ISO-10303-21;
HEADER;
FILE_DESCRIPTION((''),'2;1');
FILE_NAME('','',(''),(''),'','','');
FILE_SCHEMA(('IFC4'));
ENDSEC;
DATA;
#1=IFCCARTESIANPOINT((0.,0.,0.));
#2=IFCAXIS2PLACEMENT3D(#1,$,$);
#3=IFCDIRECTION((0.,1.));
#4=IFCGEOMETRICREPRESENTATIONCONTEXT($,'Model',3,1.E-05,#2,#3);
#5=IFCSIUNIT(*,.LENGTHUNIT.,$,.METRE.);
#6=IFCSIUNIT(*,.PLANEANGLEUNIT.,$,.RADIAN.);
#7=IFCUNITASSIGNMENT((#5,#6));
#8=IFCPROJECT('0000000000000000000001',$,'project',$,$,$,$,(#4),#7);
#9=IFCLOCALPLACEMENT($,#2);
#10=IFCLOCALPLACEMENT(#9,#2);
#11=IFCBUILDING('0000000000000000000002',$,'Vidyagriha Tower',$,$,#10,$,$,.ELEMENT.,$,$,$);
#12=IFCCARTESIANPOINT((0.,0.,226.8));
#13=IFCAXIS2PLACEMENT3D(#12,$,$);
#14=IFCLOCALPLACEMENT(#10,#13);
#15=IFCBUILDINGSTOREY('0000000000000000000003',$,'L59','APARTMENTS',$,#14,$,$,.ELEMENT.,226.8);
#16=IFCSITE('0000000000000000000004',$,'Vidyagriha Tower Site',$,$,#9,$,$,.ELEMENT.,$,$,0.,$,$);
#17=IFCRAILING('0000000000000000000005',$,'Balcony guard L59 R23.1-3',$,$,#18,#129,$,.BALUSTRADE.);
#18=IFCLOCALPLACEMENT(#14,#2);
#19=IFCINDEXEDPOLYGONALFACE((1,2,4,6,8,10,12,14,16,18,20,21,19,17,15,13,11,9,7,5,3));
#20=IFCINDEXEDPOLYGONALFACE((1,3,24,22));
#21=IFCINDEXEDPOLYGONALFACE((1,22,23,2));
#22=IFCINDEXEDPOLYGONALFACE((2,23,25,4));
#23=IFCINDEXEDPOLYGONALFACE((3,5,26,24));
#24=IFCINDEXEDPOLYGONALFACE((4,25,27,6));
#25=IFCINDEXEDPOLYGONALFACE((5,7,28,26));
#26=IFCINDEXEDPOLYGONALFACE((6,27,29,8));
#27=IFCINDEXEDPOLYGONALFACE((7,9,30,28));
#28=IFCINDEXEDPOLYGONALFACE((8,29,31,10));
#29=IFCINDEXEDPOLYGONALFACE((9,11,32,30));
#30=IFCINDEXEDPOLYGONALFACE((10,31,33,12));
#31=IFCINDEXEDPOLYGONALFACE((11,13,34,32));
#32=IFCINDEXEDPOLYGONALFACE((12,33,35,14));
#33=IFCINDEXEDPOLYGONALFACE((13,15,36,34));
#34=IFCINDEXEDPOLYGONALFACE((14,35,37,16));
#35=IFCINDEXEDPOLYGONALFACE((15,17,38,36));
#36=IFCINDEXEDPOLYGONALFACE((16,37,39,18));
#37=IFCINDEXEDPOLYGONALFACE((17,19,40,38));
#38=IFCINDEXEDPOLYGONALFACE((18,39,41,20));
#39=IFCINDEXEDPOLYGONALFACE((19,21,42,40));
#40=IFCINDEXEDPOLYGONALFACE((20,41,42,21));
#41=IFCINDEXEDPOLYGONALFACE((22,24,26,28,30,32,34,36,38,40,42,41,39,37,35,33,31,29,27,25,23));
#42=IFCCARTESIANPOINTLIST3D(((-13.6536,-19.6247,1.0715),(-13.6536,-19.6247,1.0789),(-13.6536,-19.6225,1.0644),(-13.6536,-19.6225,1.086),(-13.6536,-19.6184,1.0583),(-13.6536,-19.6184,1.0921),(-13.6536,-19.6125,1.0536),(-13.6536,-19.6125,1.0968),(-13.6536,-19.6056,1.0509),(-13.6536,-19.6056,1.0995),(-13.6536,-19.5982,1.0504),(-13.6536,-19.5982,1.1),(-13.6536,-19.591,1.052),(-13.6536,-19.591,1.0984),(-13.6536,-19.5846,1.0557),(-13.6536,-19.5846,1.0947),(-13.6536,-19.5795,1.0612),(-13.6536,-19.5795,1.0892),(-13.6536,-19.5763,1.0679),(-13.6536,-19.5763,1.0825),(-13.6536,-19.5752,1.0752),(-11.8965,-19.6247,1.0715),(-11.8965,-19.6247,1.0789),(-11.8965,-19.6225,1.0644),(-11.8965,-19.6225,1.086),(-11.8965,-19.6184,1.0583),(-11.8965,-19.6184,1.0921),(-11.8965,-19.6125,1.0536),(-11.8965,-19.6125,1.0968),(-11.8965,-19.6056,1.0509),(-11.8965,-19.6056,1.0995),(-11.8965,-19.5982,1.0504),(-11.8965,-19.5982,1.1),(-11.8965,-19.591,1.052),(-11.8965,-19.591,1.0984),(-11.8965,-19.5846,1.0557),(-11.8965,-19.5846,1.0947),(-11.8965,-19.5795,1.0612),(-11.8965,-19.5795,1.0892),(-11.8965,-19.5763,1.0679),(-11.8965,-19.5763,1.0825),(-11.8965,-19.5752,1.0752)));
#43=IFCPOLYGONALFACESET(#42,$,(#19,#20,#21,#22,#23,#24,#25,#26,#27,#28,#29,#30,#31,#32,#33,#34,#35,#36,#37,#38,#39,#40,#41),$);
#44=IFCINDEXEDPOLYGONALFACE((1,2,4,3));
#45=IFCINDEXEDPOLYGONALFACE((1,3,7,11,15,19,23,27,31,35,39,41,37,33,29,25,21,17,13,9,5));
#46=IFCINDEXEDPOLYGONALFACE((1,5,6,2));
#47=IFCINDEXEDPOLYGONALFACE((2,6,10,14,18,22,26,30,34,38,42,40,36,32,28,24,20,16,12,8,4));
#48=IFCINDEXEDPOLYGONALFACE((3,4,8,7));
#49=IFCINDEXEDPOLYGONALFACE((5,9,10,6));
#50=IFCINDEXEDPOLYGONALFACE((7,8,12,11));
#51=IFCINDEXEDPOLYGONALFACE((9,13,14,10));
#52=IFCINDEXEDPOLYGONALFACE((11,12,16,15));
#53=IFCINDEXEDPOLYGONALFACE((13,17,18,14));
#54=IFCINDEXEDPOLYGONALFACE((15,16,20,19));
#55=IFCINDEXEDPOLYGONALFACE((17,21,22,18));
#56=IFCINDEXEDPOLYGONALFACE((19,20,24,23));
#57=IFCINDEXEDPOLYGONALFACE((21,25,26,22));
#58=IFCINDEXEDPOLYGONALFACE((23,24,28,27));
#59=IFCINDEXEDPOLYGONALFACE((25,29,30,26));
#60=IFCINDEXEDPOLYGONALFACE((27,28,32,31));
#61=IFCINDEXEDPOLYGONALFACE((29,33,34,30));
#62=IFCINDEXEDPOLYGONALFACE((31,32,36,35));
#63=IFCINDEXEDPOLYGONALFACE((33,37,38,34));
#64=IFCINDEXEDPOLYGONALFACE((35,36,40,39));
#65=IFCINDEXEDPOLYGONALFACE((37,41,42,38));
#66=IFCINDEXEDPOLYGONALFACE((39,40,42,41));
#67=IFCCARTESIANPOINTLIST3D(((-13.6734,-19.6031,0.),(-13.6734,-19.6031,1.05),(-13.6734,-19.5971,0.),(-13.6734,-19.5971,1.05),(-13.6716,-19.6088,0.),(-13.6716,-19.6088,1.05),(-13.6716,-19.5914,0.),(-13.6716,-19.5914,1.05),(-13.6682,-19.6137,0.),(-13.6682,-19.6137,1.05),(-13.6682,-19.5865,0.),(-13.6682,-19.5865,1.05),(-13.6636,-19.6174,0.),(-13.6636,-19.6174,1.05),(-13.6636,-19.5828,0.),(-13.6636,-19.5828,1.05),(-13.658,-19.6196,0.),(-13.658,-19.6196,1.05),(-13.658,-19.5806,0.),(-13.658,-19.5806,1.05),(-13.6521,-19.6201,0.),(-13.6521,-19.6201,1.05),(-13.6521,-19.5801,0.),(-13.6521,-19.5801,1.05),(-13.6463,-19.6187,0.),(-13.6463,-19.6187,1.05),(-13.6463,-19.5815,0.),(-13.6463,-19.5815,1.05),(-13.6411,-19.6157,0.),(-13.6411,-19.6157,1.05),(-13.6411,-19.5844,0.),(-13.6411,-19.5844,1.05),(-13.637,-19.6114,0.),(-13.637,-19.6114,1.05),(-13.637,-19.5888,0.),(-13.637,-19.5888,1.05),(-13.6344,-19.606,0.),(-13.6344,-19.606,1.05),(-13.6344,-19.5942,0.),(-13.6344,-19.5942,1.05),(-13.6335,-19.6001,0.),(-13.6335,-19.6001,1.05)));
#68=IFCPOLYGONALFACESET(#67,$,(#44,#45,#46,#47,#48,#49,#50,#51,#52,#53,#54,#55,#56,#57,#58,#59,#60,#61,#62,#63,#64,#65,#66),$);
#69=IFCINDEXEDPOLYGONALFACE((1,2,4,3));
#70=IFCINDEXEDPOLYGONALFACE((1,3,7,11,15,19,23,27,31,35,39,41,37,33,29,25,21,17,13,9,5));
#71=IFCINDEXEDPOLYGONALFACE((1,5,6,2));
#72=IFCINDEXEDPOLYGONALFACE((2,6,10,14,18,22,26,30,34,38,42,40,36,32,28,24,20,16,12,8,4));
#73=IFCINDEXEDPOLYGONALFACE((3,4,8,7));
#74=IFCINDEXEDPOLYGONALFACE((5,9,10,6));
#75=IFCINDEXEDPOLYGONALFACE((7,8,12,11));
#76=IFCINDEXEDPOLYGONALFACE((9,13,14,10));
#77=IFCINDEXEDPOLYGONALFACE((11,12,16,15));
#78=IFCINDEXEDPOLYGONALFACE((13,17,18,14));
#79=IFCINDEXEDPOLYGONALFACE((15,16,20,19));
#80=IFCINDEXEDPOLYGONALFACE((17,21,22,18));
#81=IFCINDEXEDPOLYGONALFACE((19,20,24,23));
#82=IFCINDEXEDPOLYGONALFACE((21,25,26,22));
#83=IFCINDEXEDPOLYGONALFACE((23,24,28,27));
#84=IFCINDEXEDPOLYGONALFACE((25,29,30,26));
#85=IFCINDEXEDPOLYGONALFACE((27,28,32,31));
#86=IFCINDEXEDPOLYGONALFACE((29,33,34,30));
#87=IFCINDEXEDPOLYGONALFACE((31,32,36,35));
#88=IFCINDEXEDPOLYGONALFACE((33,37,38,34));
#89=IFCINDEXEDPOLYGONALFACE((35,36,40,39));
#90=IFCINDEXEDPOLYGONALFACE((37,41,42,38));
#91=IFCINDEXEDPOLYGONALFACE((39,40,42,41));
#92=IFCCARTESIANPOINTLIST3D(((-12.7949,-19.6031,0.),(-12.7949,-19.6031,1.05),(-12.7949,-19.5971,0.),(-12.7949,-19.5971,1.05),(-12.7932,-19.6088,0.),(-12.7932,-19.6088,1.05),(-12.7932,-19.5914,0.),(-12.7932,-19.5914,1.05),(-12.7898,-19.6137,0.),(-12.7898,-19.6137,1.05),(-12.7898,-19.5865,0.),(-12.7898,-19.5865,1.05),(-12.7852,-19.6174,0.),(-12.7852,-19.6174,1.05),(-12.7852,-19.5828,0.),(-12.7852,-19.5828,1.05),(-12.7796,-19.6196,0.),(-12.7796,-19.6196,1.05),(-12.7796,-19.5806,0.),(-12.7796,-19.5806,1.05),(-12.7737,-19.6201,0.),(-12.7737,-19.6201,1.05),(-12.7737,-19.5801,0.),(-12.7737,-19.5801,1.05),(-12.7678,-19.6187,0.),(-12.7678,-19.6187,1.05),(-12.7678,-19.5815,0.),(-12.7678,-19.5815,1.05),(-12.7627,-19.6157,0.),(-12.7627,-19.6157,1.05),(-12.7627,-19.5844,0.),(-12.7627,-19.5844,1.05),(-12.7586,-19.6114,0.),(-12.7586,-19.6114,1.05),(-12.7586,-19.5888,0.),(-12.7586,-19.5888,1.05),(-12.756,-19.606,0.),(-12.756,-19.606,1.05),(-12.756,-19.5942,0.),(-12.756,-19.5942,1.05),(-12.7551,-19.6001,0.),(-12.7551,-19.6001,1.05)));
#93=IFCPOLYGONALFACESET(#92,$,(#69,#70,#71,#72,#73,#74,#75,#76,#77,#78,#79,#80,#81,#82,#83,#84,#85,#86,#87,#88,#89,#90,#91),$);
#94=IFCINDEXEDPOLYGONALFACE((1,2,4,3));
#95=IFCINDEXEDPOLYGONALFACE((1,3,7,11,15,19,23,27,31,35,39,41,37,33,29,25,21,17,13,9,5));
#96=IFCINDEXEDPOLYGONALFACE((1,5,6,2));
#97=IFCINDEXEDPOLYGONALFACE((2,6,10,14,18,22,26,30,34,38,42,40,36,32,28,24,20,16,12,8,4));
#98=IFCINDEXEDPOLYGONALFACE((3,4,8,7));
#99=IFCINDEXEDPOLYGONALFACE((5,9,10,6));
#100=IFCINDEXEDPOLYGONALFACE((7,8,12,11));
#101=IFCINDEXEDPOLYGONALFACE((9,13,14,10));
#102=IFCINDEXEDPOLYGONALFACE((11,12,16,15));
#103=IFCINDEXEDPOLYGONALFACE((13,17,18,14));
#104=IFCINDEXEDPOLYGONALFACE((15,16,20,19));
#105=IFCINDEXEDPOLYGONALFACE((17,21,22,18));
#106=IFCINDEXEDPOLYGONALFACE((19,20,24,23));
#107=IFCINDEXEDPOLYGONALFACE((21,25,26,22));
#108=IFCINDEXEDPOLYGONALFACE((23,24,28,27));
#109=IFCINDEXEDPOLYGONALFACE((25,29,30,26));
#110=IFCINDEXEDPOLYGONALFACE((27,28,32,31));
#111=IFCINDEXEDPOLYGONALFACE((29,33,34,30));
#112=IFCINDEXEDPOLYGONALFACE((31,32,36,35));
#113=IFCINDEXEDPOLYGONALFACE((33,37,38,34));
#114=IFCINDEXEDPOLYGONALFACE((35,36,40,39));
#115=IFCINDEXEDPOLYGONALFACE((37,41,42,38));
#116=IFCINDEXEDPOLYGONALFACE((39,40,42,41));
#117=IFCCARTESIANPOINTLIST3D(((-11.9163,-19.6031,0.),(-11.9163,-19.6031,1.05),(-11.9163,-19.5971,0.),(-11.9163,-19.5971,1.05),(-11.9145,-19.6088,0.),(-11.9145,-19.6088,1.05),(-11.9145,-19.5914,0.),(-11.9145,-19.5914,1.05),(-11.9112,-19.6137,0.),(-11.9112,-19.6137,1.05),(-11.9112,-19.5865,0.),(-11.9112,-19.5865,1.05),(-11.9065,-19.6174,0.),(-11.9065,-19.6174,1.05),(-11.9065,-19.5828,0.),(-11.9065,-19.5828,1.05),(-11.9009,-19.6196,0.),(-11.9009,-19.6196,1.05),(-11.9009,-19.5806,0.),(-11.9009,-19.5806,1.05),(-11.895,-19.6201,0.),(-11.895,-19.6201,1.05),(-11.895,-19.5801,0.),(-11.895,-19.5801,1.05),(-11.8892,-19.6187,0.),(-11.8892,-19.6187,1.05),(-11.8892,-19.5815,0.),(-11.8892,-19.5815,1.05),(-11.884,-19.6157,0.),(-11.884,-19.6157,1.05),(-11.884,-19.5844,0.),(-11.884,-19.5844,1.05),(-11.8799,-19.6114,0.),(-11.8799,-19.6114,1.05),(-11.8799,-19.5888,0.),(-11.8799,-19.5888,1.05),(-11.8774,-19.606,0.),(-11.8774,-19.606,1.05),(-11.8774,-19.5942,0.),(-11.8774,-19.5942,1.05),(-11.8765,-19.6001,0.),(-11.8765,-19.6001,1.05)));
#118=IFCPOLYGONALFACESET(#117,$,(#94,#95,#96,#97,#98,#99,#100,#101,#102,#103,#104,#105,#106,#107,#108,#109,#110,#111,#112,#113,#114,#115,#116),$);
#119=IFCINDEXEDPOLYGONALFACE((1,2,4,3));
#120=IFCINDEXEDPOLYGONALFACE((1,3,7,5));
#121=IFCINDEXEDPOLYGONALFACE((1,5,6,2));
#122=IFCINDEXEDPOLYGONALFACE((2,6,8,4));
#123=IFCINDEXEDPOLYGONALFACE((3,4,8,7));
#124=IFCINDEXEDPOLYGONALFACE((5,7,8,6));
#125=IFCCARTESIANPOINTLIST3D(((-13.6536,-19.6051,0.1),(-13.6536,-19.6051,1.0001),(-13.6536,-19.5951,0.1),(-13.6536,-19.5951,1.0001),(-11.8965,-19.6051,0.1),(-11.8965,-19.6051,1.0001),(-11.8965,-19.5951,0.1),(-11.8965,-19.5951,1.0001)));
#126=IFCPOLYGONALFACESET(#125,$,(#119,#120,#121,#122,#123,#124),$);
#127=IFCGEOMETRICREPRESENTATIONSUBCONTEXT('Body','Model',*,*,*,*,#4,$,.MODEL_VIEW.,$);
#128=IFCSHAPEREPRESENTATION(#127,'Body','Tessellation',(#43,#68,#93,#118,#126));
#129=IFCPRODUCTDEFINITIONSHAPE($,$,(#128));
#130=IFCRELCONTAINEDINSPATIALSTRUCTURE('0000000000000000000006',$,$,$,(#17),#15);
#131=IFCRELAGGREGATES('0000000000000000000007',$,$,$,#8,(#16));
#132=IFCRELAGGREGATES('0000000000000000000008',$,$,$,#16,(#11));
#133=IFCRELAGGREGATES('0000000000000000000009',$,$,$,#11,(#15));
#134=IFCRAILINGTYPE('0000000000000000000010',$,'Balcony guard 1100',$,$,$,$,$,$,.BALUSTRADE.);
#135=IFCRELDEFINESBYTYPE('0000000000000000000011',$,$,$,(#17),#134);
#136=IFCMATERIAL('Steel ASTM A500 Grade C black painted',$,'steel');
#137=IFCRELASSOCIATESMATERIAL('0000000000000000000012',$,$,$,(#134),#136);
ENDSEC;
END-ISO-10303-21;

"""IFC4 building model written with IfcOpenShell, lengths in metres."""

from ifc_helpers import new_model, si_unit, direction, frame, origin, origin_2d, place, context, subcontext, project, spatial, rectangle, circle, extrude, material, type_object, element, save


model = new_model("IFC4")

# Units and contexts
model_context = context("Model", 3, precision=1e-05, world=origin(), true_north=direction((0.0, 1.0)))
body_context = subcontext(model_context, "Body", "Model", "MODEL_VIEW")
ifc_project = project(units=[si_unit("LENGTHUNIT", "METRE"), si_unit("PLANEANGLEUNIT", "RADIAN")], contexts=[model_context])

# Site, building, storey
site_placement = place(None, origin())
site = spatial("IfcSite", under=ifc_project, at=site_placement, Name="Vidyagriha Tower Site", CompositionType="ELEMENT", RefElevation=0.0)
building_placement = place(site_placement, origin())
building = spatial("IfcBuilding", under=site, at=building_placement, Name="Vidyagriha Tower", CompositionType="ELEMENT")
storey_placement = place(building_placement, frame((0.0, 0.0, 226.8)))
storey = spatial("IfcBuildingStorey", under=building, at=storey_placement, Name="L59", Description="APARTMENTS", CompositionType="ELEMENT", Elevation=226.8)

# Railing
ifc_material_1 = material(Name="Steel ASTM A500 Grade C black painted", Category="steel")
railing_type = type_object("IfcRailingType", Name="Balcony guard 1100", PredefinedType="BALUSTRADE", material=ifc_material_1)
railing_1_placement = place(storey_placement, frame((-13.6536, -19.6001, 0.0)))
element("IfcRailing", 1, at=railing_1_placement, inside=storey, type_object=railing_type, Name="Balcony guard L59 R23.1-3", PredefinedType="BALUSTRADE", context=body_context, shape_type="SweptSolid", body=[
    extrude(circle(Radius=0.0249, at=origin_2d()), frame((0.0, 0.0, 1.0752), z_axis=(1.0, 0.0, 0.0), x_axis=(0.0, 1.0, 0.0)), (0.0, 0.0, 1.0), 1.7571),
    extrude(circle(Radius=0.02, at=origin_2d()), origin(), (0.0, 0.0, 1.0), 1.05),
    extrude(circle(Radius=0.02, at=origin_2d()), frame((0.8784, 0.0, 0.0)), (0.0, 0.0, 1.0), 1.05),
    extrude(circle(Radius=0.02, at=origin_2d()), frame((1.7571, 0.0, 0.0)), (0.0, 0.0, 1.0), 1.05),
    extrude(rectangle(XDim=0.01, YDim=0.9001, at=origin_2d()), frame((0.0, 0.0, 0.55), z_axis=(1.0, 0.0, 0.0), x_axis=(0.0, 1.0, 0.0)), (0.0, 0.0, 1.0), 1.7571),
])

save(model, "model.ifc")
